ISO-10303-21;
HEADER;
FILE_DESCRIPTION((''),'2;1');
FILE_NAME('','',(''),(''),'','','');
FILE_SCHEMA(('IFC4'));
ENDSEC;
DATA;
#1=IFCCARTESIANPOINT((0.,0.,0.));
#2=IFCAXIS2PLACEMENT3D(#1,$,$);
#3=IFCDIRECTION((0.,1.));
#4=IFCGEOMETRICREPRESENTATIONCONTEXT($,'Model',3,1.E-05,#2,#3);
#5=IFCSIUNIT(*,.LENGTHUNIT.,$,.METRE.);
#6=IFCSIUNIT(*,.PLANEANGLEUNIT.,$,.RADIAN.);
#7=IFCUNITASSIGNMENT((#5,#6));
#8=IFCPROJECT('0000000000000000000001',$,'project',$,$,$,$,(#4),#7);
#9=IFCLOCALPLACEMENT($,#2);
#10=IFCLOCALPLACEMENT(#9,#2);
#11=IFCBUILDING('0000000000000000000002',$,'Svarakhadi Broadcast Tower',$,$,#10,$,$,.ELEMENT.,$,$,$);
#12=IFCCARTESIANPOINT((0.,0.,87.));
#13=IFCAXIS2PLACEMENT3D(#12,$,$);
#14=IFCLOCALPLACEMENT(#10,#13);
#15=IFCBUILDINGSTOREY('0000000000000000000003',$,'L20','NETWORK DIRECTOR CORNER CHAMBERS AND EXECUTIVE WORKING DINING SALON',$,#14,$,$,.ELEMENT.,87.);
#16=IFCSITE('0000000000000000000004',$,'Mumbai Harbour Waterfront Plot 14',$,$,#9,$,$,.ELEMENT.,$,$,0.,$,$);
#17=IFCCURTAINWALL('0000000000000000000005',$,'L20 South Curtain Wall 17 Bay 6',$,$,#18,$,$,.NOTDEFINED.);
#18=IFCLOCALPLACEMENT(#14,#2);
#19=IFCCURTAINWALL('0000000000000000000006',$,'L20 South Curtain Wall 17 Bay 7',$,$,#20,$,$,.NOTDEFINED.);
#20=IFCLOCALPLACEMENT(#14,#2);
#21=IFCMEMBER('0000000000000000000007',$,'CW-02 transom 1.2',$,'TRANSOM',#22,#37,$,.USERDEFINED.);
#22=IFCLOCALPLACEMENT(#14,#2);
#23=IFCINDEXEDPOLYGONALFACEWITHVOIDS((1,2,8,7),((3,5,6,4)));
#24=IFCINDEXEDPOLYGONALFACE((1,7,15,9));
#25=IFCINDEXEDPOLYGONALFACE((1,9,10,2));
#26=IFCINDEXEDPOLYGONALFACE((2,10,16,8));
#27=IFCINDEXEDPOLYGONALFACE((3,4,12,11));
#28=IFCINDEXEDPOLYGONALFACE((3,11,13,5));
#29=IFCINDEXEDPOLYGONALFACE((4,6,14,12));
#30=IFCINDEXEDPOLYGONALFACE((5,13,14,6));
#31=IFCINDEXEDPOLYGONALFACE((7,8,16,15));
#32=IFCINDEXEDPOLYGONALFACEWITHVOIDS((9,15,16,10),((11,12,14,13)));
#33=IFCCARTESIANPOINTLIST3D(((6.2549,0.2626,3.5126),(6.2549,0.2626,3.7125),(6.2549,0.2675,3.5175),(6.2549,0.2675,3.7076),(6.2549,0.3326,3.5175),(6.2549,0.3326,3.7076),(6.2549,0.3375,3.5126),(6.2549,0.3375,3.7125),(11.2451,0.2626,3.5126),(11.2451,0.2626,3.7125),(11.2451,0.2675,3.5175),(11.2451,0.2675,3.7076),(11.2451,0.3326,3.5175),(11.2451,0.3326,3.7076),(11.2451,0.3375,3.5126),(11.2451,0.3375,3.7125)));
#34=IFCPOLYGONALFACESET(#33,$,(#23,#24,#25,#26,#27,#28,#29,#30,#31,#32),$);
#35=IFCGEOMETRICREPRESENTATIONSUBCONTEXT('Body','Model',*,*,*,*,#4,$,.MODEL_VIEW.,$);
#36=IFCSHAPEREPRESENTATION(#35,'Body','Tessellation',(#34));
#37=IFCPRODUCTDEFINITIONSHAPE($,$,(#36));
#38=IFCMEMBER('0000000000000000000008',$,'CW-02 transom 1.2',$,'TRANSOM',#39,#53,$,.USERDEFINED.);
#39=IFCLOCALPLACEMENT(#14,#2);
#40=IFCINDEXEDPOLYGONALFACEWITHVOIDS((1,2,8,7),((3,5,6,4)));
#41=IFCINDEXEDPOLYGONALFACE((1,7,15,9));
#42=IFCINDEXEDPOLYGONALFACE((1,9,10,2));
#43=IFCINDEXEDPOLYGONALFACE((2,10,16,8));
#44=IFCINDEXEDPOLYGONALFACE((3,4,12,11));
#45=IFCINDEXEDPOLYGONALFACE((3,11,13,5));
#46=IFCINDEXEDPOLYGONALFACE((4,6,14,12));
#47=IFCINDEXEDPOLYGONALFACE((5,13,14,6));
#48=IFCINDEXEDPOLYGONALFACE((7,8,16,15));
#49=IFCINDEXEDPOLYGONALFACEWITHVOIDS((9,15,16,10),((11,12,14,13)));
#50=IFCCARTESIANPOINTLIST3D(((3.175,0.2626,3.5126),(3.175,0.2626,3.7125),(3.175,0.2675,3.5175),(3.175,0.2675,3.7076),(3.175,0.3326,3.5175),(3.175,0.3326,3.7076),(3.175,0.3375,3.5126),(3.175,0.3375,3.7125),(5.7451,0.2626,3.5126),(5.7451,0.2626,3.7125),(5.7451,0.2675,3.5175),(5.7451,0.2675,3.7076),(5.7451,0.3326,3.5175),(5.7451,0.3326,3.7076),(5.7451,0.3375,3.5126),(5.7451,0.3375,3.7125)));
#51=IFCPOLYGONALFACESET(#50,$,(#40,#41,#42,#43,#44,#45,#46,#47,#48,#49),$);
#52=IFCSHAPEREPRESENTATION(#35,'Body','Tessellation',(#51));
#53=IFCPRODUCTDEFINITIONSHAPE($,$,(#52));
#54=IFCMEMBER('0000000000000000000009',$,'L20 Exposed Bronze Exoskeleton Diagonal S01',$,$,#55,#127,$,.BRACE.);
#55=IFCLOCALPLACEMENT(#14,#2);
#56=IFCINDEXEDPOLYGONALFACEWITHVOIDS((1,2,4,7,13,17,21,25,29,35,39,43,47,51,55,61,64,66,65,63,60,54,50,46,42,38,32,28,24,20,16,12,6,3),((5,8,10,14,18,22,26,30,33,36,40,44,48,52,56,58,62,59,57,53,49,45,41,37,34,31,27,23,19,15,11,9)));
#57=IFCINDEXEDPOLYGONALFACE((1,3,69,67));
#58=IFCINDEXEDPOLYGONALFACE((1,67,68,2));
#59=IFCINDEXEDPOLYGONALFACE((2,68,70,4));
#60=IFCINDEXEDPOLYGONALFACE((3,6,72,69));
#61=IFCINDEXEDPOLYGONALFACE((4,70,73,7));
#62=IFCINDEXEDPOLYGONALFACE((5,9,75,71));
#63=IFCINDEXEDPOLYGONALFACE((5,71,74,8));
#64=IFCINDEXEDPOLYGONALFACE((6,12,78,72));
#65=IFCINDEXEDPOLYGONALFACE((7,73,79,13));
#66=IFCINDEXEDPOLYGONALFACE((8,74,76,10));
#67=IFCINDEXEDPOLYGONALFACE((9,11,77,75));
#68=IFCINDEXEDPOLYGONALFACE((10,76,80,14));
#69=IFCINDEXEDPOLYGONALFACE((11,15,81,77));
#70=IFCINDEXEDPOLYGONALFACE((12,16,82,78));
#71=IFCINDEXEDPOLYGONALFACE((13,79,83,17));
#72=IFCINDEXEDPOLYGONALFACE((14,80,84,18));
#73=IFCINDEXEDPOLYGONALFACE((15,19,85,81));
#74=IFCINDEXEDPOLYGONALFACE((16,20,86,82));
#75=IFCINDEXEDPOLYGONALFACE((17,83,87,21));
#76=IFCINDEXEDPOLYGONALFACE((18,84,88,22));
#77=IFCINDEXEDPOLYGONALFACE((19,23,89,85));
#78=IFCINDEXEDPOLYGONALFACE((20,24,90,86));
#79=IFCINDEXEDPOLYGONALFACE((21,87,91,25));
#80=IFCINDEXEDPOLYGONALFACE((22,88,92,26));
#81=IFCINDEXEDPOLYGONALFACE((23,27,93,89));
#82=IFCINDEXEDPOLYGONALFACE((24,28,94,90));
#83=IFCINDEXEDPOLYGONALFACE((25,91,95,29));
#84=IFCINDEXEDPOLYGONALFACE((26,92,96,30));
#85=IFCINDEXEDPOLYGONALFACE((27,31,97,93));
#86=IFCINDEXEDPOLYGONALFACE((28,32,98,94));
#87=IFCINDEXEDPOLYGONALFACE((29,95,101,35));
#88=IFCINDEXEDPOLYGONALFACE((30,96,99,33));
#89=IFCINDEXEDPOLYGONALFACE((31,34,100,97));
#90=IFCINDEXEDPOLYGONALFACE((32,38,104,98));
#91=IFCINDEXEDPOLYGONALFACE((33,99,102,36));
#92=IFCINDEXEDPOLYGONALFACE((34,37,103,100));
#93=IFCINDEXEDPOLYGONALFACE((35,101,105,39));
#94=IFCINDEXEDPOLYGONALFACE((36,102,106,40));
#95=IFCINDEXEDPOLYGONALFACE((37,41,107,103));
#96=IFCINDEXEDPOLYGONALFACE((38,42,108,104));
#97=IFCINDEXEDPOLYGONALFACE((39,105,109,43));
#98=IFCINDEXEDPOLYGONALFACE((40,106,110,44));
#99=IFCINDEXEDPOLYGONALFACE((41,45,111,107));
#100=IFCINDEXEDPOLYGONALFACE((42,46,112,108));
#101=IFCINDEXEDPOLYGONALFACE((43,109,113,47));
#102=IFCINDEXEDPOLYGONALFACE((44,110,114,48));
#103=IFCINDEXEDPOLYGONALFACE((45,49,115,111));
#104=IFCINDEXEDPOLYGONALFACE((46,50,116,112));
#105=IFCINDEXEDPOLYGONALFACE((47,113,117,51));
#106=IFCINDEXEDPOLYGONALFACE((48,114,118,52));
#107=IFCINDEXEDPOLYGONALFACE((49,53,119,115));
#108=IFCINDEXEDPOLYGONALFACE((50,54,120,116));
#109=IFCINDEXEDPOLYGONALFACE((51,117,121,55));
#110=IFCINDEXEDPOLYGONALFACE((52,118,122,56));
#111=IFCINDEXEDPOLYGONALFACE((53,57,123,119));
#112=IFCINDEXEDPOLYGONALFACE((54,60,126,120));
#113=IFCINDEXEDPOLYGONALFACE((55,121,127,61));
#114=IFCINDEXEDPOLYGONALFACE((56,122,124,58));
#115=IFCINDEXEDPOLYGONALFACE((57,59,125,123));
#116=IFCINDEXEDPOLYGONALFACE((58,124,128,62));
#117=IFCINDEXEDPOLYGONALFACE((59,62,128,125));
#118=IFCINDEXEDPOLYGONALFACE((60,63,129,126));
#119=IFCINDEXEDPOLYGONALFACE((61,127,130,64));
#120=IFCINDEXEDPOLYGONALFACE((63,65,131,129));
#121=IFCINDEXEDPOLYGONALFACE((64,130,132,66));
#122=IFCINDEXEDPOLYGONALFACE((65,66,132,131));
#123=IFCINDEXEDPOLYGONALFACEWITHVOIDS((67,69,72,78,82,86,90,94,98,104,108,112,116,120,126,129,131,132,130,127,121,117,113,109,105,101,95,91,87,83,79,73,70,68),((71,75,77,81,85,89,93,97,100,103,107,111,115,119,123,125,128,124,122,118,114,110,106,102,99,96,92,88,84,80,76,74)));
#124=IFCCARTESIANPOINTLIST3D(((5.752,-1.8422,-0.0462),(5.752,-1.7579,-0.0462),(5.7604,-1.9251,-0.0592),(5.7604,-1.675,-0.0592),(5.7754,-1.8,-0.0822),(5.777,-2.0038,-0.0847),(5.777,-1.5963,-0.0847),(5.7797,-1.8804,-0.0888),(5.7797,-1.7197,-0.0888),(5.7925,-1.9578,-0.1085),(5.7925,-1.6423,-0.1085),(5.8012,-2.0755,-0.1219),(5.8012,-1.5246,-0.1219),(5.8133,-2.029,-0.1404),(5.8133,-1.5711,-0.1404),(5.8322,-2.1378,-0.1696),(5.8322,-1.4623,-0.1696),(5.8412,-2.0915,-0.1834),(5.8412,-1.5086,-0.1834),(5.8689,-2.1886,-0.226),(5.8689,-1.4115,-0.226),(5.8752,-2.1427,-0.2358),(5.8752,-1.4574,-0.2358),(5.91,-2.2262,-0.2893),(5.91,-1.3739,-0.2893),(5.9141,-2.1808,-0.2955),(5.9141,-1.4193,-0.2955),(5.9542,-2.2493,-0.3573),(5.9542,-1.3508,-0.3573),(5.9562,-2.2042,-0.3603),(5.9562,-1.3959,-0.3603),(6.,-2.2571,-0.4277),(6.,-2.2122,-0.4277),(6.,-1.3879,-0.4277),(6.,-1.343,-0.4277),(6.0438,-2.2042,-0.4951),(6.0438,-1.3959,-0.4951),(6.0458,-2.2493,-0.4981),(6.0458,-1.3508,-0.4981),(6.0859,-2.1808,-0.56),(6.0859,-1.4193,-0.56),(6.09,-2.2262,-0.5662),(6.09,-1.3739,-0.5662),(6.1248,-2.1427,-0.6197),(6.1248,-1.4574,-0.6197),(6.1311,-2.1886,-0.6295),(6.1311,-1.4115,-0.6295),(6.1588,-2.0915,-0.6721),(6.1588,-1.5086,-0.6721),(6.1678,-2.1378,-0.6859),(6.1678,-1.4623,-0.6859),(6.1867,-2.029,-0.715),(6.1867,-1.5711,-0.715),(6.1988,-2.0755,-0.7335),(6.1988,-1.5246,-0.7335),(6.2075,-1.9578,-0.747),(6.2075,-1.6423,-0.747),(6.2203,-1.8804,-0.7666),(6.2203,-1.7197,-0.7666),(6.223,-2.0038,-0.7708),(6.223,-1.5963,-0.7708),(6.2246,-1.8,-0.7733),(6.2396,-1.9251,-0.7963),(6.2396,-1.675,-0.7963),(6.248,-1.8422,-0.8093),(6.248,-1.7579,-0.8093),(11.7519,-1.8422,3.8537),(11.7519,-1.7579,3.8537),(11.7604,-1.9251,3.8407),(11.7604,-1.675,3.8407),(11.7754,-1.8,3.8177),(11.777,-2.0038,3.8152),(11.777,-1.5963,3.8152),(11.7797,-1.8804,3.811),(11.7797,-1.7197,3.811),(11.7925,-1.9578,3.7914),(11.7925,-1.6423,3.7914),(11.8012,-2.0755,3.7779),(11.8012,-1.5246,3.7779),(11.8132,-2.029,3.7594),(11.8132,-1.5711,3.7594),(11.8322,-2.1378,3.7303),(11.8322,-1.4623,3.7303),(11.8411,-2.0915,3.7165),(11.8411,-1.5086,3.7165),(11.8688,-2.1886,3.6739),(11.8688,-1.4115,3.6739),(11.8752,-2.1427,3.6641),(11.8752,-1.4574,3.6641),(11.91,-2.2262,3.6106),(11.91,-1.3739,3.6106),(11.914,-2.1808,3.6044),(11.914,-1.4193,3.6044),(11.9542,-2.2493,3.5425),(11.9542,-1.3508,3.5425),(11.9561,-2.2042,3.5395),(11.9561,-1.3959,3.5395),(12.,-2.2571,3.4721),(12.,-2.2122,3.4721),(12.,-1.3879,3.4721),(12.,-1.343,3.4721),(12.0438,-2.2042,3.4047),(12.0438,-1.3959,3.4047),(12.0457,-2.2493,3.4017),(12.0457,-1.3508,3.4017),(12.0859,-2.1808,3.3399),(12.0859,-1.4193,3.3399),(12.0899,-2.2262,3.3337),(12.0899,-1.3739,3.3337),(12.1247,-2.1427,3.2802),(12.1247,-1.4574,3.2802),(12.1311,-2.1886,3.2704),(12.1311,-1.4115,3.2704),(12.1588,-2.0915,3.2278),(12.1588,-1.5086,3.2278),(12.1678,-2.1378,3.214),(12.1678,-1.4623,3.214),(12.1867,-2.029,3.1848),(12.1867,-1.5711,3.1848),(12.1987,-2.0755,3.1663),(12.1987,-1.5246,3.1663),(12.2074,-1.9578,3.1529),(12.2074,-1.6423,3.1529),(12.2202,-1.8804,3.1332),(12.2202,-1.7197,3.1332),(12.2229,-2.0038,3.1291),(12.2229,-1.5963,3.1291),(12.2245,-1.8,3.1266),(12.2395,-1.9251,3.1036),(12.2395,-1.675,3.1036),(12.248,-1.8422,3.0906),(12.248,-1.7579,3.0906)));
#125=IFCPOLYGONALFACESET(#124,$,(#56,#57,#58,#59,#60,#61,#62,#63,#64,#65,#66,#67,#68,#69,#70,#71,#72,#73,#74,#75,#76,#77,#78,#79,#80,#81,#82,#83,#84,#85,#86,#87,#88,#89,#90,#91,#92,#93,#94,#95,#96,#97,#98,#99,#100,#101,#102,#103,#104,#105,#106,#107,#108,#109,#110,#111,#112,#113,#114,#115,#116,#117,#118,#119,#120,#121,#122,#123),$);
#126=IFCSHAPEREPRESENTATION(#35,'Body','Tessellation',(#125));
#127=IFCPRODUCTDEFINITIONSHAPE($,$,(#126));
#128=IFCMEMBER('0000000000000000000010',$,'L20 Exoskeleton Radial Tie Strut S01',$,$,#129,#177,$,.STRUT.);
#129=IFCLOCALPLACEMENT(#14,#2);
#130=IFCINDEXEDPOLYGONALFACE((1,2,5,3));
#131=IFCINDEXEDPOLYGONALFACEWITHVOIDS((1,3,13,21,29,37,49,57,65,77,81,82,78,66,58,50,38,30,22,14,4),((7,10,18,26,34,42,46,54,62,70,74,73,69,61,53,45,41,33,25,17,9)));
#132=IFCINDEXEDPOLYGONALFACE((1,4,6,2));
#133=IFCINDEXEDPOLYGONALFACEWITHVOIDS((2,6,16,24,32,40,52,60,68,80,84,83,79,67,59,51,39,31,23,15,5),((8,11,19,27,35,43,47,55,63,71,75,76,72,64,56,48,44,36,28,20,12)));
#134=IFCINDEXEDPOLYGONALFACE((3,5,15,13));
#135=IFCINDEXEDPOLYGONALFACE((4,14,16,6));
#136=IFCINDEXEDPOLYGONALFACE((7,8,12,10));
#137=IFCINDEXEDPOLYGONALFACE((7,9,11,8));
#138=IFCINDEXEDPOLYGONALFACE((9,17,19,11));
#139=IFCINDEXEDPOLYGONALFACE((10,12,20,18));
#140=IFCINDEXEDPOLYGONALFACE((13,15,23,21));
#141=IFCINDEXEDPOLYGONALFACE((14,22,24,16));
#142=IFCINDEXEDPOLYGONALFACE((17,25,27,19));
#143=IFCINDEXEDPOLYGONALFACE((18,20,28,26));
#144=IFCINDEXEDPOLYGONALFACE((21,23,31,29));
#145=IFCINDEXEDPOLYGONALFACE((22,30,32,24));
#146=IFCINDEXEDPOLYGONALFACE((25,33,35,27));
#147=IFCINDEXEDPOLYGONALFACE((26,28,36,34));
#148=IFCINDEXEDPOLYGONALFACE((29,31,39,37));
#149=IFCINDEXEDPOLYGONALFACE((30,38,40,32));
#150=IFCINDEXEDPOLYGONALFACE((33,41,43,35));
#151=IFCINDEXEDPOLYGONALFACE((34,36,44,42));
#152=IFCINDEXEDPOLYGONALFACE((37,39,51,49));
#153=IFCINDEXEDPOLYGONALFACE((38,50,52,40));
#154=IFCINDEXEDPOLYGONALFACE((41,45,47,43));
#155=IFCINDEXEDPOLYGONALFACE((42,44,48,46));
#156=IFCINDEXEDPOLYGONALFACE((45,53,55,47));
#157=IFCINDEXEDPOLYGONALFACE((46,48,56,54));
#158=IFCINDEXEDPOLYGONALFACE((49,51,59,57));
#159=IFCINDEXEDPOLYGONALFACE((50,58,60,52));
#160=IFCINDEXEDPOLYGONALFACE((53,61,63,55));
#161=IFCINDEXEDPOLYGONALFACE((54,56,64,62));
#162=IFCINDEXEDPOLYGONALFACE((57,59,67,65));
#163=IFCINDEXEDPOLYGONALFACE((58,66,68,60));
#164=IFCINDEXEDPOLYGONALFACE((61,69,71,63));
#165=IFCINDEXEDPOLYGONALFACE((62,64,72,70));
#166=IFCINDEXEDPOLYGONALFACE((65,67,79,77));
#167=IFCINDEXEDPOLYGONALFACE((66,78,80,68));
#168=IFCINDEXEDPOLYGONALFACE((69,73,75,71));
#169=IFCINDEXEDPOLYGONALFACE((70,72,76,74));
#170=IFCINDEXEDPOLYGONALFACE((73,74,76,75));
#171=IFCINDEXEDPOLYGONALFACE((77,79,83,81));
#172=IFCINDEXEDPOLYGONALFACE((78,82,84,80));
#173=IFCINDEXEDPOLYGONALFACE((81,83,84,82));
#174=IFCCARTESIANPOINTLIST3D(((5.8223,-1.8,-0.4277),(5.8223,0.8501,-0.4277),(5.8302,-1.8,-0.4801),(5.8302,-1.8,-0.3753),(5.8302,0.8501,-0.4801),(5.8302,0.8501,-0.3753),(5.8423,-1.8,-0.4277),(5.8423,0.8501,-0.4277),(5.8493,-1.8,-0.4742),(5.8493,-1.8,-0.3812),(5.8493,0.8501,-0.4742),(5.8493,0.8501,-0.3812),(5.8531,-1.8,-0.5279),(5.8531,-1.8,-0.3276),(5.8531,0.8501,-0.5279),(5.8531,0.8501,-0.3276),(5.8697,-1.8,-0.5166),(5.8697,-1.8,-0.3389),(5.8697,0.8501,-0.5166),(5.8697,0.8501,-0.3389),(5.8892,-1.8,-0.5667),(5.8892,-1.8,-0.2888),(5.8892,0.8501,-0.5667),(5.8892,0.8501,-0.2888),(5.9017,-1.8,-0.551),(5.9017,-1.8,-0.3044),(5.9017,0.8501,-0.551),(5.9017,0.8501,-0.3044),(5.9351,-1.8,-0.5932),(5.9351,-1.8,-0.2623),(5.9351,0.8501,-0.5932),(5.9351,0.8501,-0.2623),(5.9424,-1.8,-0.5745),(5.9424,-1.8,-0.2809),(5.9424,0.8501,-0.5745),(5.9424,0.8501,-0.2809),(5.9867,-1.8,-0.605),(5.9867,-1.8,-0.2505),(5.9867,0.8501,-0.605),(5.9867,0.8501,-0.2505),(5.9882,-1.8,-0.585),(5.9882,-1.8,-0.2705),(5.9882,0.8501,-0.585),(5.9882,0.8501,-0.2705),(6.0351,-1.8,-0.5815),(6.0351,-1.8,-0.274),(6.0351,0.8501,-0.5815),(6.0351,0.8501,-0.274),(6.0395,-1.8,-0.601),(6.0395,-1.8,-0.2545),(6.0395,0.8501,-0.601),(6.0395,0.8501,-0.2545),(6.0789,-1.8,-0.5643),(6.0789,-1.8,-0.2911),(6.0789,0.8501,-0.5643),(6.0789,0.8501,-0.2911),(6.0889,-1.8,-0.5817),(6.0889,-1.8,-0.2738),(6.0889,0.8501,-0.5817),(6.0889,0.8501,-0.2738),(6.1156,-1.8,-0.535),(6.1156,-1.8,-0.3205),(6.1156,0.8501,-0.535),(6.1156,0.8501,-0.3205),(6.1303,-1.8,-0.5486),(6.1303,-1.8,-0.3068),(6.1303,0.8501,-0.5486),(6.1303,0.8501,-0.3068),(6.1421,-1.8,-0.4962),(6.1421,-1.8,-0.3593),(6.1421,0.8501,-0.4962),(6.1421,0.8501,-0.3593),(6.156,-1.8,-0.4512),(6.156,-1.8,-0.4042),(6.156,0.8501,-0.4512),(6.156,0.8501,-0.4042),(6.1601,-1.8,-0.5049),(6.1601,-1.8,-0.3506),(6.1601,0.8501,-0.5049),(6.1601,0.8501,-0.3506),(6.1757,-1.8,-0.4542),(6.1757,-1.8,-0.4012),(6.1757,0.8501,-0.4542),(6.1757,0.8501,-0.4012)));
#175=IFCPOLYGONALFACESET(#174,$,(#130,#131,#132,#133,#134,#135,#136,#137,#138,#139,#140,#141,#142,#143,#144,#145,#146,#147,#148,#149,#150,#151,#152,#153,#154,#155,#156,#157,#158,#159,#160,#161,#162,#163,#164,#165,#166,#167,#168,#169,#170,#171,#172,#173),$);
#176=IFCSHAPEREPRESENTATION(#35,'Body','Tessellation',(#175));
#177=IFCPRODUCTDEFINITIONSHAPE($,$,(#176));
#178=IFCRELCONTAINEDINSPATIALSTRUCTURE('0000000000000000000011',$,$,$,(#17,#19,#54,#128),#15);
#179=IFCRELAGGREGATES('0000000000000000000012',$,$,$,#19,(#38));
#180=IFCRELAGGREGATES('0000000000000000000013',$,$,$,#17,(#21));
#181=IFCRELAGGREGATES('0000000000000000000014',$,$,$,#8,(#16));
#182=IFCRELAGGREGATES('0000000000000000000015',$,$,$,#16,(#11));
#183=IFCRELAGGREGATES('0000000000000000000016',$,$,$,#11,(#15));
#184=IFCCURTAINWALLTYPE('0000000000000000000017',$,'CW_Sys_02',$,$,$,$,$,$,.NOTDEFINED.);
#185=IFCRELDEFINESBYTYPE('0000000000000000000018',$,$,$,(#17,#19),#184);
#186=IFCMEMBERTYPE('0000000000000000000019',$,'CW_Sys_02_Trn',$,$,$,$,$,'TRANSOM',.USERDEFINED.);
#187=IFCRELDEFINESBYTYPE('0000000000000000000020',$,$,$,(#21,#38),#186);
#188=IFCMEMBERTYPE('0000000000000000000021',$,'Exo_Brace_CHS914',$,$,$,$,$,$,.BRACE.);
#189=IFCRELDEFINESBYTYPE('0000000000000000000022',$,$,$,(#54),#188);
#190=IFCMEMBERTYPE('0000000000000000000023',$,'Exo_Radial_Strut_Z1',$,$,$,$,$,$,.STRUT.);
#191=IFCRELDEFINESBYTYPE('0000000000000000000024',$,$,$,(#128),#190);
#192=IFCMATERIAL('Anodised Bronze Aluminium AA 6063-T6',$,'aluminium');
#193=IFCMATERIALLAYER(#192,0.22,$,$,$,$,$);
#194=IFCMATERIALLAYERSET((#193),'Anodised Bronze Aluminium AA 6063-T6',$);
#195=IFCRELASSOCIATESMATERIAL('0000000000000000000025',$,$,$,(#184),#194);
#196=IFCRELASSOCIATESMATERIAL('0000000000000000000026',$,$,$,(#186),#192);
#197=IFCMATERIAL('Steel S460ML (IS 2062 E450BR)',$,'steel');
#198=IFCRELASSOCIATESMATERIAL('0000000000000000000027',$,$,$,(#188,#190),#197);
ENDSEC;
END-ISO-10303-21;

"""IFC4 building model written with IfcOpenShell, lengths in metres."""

from ifc_helpers import new_model, si_unit, direction, frame, origin, origin_2d, place, context, subcontext, project, spatial, hollow_rectangle, hollow_circle, extrude, material, layer, layer_set, material_profile, profile_set, type_object, element, aggregate, save


model = new_model("IFC4")

# Units and contexts
model_context = context("Model", 3, precision=1e-05, world=origin(), true_north=direction((0.0, 1.0)))
body_context = subcontext(model_context, "Body", "Model", "MODEL_VIEW")
ifc_project = project(units=[si_unit("LENGTHUNIT", "METRE"), si_unit("PLANEANGLEUNIT", "RADIAN")], contexts=[model_context])

# Site, building, storey
site_placement = place(None, origin())
site = spatial("IfcSite", under=ifc_project, at=site_placement, Name="Mumbai Harbour Waterfront Plot 14", CompositionType="ELEMENT", RefElevation=0.0)
building_placement = place(site_placement, origin())
building = spatial("IfcBuilding", under=site, at=building_placement, Name="Svarakhadi Broadcast Tower", CompositionType="ELEMENT")
storey_placement = place(building_placement, frame((0.0, 0.0, 87.0)))
storey = spatial("IfcBuildingStorey", under=building, at=storey_placement, Name="L20", Description="NETWORK DIRECTOR CORNER CHAMBERS AND EXECUTIVE WORKING DINING SALON", CompositionType="ELEMENT", Elevation=87.0)

# Shared definitions
ifc_material_1 = material(Name="Steel S460ML (IS 2062 E450BR)", Category="steel")

# Curtain wall
ifc_material_2 = material(Name="Anodised Bronze Aluminium AA 6063-T6", Category="aluminium")
ifc_layer_1 = layer(ifc_material_2, 0.22)
ifc_layer_set_1 = layer_set([ifc_layer_1], Name="Anodised Bronze Aluminium AA 6063-T6")
curtain_wall_type = type_object("IfcCurtainWallType", Name="CW_Sys_02", PredefinedType="NOTDEFINED", material=ifc_layer_set_1)
curtain_wall_1_placement = place(storey_placement, origin())
curtain_wall_1 = element("IfcCurtainWall", 1, at=curtain_wall_1_placement, inside=storey, type_object=curtain_wall_type, Name="L20 South Curtain Wall 17 Bay 6", PredefinedType="NOTDEFINED")

# Curtain wall
curtain_wall_2_placement = place(storey_placement, origin())
curtain_wall_2 = element("IfcCurtainWall", 2, at=curtain_wall_2_placement, inside=storey, type_object=curtain_wall_type, Name="L20 South Curtain Wall 17 Bay 7", PredefinedType="NOTDEFINED")

# Members
ifc_material_profile_1 = material_profile(ifc_material_2, hollow_rectangle(XDim=0.075, YDim=0.2, WallThickness=0.0049, at=origin_2d()), Name="ALU TRANSOM 200x75x5")
ifc_profile_set_1 = profile_set([ifc_material_profile_1], Name="Anodised Bronze Aluminium AA 6063-T6")
member_type_1 = type_object("IfcMemberType", Name="CW_Sys_02_Trn", ElementType="TRANSOM", PredefinedType="USERDEFINED", material=ifc_profile_set_1)
member_1_placement = place(storey_placement, frame((11.2451, 0.3, 3.6125), z_axis=(-1.0, 0.0, 0.0), x_axis=(0.0, -1.0, 0.0)))
member_1 = element("IfcMember", 3, at=member_1_placement, type_object=member_type_1, Name="CW-02 transom 1.2", ObjectType="TRANSOM", PredefinedType="USERDEFINED", context=body_context, shape_type="SweptSolid", body=[
    extrude(hollow_rectangle(XDim=0.075, YDim=0.2, WallThickness=0.0049, at=origin_2d()), origin(), (0.0, 0.0, 1.0), 4.9902),
])
member_2_placement = place(storey_placement, frame((5.7451, 0.3, 3.6125), z_axis=(-1.0, 0.0, 0.0), x_axis=(0.0, -1.0, 0.0)))
member_2 = element("IfcMember", 4, at=member_2_placement, type_object=member_type_1, Name="CW-02 transom 1.2", ObjectType="TRANSOM", PredefinedType="USERDEFINED", context=body_context, shape_type="SweptSolid", body=[
    extrude(hollow_rectangle(XDim=0.075, YDim=0.2, WallThickness=0.0049, at=origin_2d()), origin(), (0.0, 0.0, 1.0), 2.5701),
])
aggregate(curtain_wall_2, [member_2])

# Members
ifc_material_profile_2 = material_profile(ifc_material_1, hollow_circle(Radius=0.457, WallThickness=0.0449, at=origin_2d()), Name="CHS 914x45")
ifc_profile_set_2 = profile_set([ifc_material_profile_2], Name="Steel S460ML (IS 2062 E450BR)")
member_type_2 = type_object("IfcMemberType", Name="Exo_Brace_CHS914", PredefinedType="BRACE", material=ifc_profile_set_2)
member_3_placement = place(storey_placement, frame((6.0, -1.8, -0.4277), z_axis=(0.83845, 0.0, 0.544979), x_axis=(0.0, 1.0, 0.0)))
element("IfcMember", 5, at=member_3_placement, inside=storey, type_object=member_type_2, Name="L20 Exposed Bronze Exoskeleton Diagonal S01", PredefinedType="BRACE", context=body_context, shape_type="SweptSolid", body=[
    extrude(hollow_circle(Radius=0.457, WallThickness=0.0449, at=origin_2d()), origin(), (0.0, 0.0, 1.0), 7.156),
])
ifc_material_profile_3 = material_profile(ifc_material_1, hollow_circle(Radius=0.1777, WallThickness=0.02, at=origin_2d()), Name="CHS 355.6x20")
ifc_profile_set_3 = profile_set([ifc_material_profile_3], Name="Steel S460ML (IS 2062 E450BR)")
member_type_3 = type_object("IfcMemberType", Name="Exo_Radial_Strut_Z1", PredefinedType="STRUT", material=ifc_profile_set_3)
member_4_placement = place(storey_placement, frame((6.0, -1.8, -0.4277), z_axis=(0.0, 1.0, 0.0), x_axis=(-1.0, 0.0, 0.0)))
element("IfcMember", 6, at=member_4_placement, inside=storey, type_object=member_type_3, Name="L20 Exoskeleton Radial Tie Strut S01", PredefinedType="STRUT", context=body_context, shape_type="SweptSolid", body=[
    extrude(hollow_circle(Radius=0.1777, WallThickness=0.02, at=origin_2d()), origin(), (0.0, 0.0, 1.0), 2.6501),
])

aggregate(curtain_wall_1, [member_1])

save(model, "model.ifc")
